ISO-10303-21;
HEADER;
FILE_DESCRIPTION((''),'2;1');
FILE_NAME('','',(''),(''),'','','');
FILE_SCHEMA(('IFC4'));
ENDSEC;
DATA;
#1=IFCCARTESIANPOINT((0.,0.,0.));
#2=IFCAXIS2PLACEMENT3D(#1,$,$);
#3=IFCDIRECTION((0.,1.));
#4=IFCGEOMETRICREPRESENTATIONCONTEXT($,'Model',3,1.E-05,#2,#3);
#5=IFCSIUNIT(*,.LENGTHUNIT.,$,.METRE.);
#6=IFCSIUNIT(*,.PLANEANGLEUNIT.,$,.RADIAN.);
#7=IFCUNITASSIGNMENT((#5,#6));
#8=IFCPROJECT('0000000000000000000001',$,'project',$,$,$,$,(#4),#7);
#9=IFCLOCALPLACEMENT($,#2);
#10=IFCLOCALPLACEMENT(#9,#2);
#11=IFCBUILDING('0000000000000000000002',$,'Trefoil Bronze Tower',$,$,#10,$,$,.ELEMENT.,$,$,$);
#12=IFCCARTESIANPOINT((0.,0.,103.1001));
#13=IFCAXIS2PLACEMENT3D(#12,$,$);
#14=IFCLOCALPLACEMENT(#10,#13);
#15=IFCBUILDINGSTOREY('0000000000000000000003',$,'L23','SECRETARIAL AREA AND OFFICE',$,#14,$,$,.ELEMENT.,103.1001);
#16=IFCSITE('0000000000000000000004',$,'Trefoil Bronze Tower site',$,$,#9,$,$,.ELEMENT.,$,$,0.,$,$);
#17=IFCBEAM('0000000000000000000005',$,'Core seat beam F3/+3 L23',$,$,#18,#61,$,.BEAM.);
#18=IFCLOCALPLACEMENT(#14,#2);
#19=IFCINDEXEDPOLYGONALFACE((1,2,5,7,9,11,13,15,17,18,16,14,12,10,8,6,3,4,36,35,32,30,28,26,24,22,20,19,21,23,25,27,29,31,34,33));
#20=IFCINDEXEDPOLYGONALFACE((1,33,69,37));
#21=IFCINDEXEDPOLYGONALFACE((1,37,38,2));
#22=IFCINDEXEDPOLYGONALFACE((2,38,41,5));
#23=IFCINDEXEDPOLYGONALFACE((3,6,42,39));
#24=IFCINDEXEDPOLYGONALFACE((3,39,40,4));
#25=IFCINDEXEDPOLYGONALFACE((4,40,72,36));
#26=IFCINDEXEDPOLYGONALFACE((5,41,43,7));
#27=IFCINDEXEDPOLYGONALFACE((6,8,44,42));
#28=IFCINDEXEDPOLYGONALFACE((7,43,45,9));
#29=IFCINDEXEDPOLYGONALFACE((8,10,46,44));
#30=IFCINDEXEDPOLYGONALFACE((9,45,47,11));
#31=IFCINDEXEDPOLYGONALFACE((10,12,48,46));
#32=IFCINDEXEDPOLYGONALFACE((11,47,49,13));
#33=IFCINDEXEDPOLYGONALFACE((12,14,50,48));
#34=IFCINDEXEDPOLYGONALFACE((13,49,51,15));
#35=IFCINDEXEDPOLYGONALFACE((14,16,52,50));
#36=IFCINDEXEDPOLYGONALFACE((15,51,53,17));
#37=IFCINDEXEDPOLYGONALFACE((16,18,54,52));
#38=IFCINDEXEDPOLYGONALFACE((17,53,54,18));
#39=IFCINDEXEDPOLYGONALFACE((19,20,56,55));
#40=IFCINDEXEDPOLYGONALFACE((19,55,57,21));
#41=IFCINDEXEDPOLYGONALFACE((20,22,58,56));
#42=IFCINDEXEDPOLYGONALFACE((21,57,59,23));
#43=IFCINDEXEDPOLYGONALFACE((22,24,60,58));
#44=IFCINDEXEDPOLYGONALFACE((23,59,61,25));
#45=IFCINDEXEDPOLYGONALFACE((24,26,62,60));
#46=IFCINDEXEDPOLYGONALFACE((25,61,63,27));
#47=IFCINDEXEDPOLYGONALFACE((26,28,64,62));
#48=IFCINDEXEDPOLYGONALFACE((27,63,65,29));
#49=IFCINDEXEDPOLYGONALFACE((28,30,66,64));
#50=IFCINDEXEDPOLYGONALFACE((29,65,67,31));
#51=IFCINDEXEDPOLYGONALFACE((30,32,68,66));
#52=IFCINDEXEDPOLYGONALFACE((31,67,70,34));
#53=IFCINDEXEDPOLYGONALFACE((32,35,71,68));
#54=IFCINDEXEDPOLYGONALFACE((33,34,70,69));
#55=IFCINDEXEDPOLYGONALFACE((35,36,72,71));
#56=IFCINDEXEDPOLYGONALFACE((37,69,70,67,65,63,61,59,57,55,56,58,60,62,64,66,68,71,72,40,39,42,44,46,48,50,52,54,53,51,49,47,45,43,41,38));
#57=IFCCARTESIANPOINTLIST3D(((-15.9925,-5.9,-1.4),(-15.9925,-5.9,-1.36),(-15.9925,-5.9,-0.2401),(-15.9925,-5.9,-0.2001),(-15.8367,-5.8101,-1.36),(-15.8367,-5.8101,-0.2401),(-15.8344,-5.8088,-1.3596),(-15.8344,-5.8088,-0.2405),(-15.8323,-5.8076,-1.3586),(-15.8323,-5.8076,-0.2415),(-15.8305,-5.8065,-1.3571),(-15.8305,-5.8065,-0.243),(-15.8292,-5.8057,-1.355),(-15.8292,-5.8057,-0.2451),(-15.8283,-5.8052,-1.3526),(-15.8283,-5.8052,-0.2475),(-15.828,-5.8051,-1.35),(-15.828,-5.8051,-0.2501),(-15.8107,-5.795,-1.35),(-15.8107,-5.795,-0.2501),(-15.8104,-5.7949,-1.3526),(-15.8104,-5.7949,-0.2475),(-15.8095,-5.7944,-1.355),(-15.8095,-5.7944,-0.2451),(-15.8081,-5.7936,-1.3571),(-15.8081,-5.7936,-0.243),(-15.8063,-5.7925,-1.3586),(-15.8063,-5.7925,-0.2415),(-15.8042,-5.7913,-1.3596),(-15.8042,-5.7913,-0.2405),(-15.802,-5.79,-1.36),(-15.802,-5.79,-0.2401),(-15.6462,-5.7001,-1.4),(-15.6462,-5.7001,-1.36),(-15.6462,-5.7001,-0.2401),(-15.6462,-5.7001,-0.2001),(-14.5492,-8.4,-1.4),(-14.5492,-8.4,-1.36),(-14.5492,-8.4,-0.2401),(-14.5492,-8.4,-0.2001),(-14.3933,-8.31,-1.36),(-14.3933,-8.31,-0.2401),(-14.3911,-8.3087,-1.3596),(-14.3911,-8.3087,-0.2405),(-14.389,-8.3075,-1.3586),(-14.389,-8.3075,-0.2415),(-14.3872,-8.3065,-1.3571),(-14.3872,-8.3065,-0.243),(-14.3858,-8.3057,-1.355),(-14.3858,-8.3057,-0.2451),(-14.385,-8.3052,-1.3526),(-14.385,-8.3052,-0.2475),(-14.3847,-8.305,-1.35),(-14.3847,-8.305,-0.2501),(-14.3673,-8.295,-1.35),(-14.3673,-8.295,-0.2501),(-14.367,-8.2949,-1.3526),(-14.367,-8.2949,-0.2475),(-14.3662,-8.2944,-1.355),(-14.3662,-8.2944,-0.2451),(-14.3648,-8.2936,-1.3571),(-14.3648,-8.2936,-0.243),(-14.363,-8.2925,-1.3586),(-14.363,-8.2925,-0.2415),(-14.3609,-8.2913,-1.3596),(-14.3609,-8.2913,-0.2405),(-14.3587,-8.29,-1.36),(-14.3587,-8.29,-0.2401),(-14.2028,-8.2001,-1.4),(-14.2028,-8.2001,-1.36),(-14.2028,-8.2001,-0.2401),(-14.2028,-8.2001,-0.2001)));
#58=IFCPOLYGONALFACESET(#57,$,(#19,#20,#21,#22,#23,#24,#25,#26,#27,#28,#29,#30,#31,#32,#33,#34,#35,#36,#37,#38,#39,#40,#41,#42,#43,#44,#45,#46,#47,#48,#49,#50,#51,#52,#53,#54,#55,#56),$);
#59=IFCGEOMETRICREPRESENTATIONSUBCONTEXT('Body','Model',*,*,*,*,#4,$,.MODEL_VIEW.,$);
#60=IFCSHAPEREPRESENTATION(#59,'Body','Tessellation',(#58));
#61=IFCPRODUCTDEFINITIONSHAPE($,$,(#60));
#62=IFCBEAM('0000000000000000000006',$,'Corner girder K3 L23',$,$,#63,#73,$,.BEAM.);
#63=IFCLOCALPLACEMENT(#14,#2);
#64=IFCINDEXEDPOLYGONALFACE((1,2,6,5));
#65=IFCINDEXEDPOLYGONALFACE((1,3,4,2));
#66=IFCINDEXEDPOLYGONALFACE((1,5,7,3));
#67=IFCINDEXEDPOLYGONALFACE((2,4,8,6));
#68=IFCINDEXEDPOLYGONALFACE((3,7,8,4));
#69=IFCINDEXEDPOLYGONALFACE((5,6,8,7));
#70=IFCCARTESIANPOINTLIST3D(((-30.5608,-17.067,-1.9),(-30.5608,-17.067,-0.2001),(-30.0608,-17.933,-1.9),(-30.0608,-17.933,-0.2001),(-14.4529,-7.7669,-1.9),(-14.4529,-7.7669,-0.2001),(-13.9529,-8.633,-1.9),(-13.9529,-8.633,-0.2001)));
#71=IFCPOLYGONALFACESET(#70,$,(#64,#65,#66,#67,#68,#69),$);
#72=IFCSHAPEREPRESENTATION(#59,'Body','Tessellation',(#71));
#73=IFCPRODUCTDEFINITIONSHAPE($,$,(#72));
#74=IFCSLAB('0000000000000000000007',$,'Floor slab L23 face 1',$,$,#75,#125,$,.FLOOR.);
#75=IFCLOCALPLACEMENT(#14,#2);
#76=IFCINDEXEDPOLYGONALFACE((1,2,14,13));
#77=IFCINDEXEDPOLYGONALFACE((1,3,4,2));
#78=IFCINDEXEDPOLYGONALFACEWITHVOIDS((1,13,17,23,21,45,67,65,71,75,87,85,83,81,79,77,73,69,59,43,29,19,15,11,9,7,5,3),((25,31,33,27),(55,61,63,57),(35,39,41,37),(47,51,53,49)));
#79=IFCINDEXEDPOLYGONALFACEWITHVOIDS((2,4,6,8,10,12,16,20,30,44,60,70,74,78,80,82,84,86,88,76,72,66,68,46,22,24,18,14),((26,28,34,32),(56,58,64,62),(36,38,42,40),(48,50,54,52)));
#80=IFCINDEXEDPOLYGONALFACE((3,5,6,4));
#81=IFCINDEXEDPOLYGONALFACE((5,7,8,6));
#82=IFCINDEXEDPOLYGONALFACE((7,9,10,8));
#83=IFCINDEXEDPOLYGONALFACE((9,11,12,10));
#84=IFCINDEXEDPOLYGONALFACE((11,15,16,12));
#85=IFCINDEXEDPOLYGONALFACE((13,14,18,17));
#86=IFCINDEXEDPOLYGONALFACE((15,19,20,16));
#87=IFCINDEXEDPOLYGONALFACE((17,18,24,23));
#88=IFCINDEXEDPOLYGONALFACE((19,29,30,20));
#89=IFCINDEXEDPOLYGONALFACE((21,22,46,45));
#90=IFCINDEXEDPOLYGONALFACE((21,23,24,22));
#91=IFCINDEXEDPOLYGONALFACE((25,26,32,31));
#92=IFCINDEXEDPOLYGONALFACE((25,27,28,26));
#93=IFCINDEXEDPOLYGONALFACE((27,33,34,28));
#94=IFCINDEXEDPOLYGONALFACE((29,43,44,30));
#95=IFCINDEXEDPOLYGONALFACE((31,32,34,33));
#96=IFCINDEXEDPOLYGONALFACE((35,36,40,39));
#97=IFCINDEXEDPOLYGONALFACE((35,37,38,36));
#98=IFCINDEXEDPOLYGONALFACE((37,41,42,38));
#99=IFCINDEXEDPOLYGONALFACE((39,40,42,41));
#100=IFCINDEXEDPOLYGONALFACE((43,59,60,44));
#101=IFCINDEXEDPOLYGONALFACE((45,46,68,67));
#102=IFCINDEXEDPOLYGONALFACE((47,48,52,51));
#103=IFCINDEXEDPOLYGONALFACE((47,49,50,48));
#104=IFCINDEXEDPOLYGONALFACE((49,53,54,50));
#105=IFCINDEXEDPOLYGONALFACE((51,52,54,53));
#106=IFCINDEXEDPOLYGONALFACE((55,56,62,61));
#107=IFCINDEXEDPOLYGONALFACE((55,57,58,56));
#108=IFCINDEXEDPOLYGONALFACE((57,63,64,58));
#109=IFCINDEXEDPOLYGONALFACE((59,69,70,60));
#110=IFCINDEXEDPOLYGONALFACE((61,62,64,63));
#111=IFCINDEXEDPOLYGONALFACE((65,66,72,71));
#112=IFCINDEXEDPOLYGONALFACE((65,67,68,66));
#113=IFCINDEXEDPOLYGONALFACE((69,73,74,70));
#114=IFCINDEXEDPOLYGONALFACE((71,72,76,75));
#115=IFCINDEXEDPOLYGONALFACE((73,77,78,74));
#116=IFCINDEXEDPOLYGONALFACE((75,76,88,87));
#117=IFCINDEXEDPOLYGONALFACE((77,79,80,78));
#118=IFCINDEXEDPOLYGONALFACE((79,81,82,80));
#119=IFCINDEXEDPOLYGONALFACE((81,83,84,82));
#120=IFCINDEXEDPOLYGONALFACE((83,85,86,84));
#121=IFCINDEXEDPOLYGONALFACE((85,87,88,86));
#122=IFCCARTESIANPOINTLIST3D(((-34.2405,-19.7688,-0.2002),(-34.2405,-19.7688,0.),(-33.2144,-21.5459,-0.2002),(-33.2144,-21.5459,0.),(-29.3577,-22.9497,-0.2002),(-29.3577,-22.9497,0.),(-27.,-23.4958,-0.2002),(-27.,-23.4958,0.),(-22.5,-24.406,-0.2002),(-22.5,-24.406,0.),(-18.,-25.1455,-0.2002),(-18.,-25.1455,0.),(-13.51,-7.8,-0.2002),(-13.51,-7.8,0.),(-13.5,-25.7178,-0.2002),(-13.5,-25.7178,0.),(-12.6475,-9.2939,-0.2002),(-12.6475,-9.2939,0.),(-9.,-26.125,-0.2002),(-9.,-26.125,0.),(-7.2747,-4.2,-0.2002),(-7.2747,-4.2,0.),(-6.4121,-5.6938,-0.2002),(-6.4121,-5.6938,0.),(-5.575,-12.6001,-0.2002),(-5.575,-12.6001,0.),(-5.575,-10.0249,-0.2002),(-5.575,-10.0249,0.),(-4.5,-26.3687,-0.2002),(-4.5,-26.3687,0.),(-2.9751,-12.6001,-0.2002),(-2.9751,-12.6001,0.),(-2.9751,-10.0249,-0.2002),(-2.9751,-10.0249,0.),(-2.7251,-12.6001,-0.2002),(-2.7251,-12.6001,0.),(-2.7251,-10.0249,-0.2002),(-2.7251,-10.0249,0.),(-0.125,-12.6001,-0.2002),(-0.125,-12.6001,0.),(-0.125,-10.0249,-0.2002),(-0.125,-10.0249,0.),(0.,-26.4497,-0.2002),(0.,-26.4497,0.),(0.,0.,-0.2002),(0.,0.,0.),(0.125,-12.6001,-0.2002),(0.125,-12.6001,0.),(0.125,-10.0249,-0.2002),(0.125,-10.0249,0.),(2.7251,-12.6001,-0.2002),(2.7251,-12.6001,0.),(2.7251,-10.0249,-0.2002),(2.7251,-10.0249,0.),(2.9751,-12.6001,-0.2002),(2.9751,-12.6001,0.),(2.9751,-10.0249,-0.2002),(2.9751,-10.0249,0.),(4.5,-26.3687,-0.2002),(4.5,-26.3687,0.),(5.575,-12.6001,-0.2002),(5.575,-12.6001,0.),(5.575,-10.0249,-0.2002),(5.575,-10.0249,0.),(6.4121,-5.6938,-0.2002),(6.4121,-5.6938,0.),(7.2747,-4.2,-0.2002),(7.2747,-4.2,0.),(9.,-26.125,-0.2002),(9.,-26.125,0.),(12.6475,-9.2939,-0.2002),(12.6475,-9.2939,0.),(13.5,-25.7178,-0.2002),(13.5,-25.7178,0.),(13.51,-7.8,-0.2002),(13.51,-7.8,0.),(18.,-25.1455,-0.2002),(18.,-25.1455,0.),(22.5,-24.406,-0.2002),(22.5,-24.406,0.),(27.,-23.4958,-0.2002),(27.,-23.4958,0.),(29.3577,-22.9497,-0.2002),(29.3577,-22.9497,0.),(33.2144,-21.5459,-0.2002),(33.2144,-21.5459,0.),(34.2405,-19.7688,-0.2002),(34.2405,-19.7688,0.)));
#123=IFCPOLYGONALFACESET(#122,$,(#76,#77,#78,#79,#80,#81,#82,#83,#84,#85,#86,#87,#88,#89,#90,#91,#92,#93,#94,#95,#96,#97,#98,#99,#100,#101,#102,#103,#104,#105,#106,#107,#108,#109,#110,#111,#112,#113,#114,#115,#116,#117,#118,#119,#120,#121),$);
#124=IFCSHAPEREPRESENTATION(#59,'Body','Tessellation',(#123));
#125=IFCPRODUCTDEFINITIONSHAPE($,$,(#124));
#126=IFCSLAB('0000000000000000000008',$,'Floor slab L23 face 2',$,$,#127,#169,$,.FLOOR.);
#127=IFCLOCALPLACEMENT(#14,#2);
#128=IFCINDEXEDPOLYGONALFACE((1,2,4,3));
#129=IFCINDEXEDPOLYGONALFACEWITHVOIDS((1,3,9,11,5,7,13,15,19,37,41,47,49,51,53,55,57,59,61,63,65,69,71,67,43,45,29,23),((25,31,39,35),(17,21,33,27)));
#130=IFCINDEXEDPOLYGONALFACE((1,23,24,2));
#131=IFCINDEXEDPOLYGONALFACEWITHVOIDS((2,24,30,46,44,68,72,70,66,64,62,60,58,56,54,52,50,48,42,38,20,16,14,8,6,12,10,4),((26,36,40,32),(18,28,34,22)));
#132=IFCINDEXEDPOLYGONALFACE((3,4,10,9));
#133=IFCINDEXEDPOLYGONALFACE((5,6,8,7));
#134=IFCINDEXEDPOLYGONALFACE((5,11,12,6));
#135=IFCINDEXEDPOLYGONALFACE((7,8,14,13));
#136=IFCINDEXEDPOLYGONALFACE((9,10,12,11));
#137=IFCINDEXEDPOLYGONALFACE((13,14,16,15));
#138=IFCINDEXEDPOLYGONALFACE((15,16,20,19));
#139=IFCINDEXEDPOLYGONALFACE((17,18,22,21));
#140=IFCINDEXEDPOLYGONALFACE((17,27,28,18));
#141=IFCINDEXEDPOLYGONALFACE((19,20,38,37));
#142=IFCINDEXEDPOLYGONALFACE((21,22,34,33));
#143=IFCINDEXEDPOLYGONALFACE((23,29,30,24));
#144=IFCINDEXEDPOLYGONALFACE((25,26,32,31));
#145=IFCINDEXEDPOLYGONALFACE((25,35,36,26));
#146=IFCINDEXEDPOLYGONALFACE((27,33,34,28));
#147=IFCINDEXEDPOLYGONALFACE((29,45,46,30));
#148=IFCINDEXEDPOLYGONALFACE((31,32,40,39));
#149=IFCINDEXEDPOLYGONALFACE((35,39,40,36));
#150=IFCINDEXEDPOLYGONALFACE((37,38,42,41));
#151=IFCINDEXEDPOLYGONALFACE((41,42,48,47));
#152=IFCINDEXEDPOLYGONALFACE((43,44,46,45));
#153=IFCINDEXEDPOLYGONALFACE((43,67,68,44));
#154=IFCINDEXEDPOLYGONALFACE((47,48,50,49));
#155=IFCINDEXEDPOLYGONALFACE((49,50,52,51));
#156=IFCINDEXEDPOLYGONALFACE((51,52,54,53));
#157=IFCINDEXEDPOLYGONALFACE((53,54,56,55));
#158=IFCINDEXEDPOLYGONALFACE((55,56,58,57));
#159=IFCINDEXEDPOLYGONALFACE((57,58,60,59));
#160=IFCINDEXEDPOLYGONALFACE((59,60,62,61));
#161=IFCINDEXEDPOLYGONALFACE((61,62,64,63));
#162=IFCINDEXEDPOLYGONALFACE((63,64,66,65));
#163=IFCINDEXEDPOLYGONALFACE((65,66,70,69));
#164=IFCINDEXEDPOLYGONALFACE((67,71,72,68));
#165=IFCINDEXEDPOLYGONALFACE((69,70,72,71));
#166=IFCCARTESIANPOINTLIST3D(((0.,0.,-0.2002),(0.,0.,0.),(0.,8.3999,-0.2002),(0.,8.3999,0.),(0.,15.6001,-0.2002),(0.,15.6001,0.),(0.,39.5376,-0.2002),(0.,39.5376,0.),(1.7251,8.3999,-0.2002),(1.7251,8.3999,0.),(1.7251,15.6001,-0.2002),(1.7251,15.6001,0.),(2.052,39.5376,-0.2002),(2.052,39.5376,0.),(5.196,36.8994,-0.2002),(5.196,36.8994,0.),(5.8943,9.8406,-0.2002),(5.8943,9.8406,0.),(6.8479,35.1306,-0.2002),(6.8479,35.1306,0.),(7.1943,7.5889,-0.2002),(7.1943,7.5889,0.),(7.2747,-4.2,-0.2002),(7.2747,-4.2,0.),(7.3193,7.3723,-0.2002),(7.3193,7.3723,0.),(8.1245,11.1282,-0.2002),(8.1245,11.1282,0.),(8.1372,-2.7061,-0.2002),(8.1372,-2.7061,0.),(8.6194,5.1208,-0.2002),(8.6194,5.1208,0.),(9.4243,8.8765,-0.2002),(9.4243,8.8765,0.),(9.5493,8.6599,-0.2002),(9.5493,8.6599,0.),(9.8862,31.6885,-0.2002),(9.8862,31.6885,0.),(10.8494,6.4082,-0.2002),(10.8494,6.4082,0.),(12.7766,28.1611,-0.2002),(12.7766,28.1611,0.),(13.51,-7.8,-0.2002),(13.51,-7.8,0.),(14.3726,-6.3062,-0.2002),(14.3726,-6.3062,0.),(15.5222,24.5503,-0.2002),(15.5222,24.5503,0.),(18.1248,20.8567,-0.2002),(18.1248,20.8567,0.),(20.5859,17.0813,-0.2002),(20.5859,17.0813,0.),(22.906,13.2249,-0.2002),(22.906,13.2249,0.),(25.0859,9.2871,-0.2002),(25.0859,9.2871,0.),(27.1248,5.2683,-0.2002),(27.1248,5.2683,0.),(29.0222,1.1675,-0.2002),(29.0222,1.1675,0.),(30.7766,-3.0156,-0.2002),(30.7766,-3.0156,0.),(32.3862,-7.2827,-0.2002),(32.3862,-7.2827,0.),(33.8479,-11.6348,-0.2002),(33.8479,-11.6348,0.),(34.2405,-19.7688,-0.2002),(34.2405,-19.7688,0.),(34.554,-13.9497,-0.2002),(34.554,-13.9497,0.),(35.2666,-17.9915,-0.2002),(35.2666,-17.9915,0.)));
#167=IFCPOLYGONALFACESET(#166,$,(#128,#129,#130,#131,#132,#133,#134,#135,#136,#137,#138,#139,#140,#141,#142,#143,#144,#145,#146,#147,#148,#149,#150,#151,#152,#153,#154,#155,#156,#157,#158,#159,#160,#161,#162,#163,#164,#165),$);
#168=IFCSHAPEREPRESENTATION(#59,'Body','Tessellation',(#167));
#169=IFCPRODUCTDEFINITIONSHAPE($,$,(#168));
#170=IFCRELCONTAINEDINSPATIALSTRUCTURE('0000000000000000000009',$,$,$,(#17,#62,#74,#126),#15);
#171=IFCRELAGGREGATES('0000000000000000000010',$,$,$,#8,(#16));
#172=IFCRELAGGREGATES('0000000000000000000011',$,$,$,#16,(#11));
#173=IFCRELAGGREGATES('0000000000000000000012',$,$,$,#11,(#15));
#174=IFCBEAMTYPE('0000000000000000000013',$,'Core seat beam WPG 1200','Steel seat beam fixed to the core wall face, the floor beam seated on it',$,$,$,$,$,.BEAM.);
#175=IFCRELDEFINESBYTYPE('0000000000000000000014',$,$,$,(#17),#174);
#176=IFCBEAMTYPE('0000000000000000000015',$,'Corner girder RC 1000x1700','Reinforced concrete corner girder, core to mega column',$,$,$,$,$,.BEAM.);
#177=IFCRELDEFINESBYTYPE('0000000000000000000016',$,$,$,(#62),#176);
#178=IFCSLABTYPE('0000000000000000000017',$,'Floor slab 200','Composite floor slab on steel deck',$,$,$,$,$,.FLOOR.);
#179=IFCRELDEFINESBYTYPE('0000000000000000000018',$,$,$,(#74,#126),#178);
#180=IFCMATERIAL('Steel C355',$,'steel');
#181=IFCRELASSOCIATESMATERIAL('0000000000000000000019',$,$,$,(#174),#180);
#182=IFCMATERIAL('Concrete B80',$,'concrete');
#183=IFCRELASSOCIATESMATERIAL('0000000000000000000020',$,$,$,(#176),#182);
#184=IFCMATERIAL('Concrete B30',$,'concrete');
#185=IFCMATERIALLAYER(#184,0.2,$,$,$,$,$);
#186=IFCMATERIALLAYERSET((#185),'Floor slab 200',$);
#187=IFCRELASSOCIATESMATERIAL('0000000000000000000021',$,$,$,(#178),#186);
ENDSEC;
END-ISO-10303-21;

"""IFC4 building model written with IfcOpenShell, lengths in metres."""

from ifc_helpers import new_model, si_unit, direction, frame, origin, origin_2d, place, context, subcontext, project, spatial, polyline, rectangle, i_section, outline, extrude, material, layer, layer_set, material_profile, profile_set, type_object, element, save


model = new_model("IFC4")

# Units and contexts
model_context = context("Model", 3, precision=1e-05, world=origin(), true_north=direction((0.0, 1.0)))
body_context = subcontext(model_context, "Body", "Model", "MODEL_VIEW")
ifc_project = project(units=[si_unit("LENGTHUNIT", "METRE"), si_unit("PLANEANGLEUNIT", "RADIAN")], contexts=[model_context])

# Site, building, storey
site_placement = place(None, origin())
site = spatial("IfcSite", under=ifc_project, at=site_placement, Name="Trefoil Bronze Tower site", CompositionType="ELEMENT", RefElevation=0.0)
building_placement = place(site_placement, origin())
building = spatial("IfcBuilding", under=site, at=building_placement, Name="Trefoil Bronze Tower", CompositionType="ELEMENT")
storey_placement = place(building_placement, frame((0.0, 0.0, 103.1001)))
storey = spatial("IfcBuildingStorey", under=building, at=storey_placement, Name="L23", Description="SECRETARIAL AREA AND OFFICE", CompositionType="ELEMENT", Elevation=103.1001)

# Beams
ifc_material_1 = material(Name="Steel C355", Category="steel")
ifc_material_profile_1 = material_profile(ifc_material_1, i_section(OverallWidth=0.3999, OverallDepth=1.2, WebThickness=0.02, FlangeThickness=0.04, FilletRadius=0.01, at=origin_2d()), Name="WPG 1200")
ifc_profile_set_1 = profile_set([ifc_material_profile_1], Name="Steel C355")
beam_type_1 = type_object("IfcBeamType", Name="Core seat beam WPG 1200", Description="Steel seat beam fixed to the core wall face, the floor beam seated on it", PredefinedType="BEAM", material=ifc_profile_set_1)
beam_1_placement = place(storey_placement, frame((-15.8193, -5.8, -0.8), z_axis=(0.499996, -0.866028, 0.0), x_axis=(0.866028, 0.499996, 0.0)))
element("IfcBeam", 1, at=beam_1_placement, inside=storey, type_object=beam_type_1, Name="Core seat beam F3/+3 L23", PredefinedType="BEAM", context=body_context, shape_type="SweptSolid", body=[
    extrude(i_section(OverallWidth=0.3999, OverallDepth=1.2, WebThickness=0.02, FlangeThickness=0.04, FilletRadius=0.01, at=origin_2d()), origin(), (0.0, 0.0, 1.0), 2.8867),
])
ifc_material_2 = material(Name="Concrete B80", Category="concrete")
ifc_material_profile_2 = material_profile(ifc_material_2, rectangle(XDim=1.0, YDim=1.7, at=origin_2d()), Name="RC 1000x1700")
ifc_profile_set_2 = profile_set([ifc_material_profile_2], Name="Concrete B80")
beam_type_2 = type_object("IfcBeamType", Name="Corner girder RC 1000x1700", Description="Reinforced concrete corner girder, core to mega column", PredefinedType="BEAM", material=ifc_profile_set_2)
beam_2_placement = place(storey_placement, frame((-14.2029, -8.2, -1.05), z_axis=(-0.866022, -0.500006, 0.0), x_axis=(0.500006, -0.866022, 0.0)))
element("IfcBeam", 2, at=beam_2_placement, inside=storey, type_object=beam_type_2, Name="Corner girder K3 L23", PredefinedType="BEAM", context=body_context, shape_type="SweptSolid", body=[
    extrude(rectangle(XDim=1.0, YDim=1.7, at=origin_2d()), origin(), (0.0, 0.0, 1.0), 18.5999),
])

# Slabs
ifc_material_3 = material(Name="Concrete B30", Category="concrete")
ifc_layer_1 = layer(ifc_material_3, 0.2)
ifc_layer_set_1 = layer_set([ifc_layer_1], Name="Floor slab 200")
slab_type = type_object("IfcSlabType", Name="Floor slab 200", Description="Composite floor slab on steel deck", PredefinedType="FLOOR", material=ifc_layer_set_1)
slab_1_placement = place(storey_placement, frame((0.0, 0.0, -0.2002)))
element("IfcSlab", 3, at=slab_1_placement, inside=storey, type_object=slab_type, Name="Floor slab L23 face 1", PredefinedType="FLOOR", context=body_context, shape_type="SweptSolid", body=[
    extrude(outline(polyline([(22.5, -24.406), (18.0, -25.1455), (13.5, -25.7178), (9.0, -26.125), (4.5, -26.3687), (0.0, -26.4497), (-4.5, -26.3687), (-9.0, -26.125), (-13.5, -25.7178), (-18.0, -25.1455), (-22.5, -24.406), (-27.0, -23.4958), (-29.3577, -22.9497), (-33.2144, -21.5459), (-34.2405, -19.7688), (-13.51, -7.8), (-12.6475, -9.2939), (-6.4121, -5.6938), (-7.2747, -4.2), (0.0, 0.0), (7.2747, -4.2), (6.4121, -5.6938), (12.6475, -9.2939), (13.51, -7.8), (34.2405, -19.7688), (33.2144, -21.5459), (29.3577, -22.9497), (27.0, -23.4958), (22.5, -24.406)]), holes=[polyline([(-5.575, -10.0249), (-2.9751, -10.0249), (-2.9751, -12.6001), (-5.575, -12.6001), (-5.575, -10.0249)]), polyline([(-2.7251, -10.0249), (-0.125, -10.0249), (-0.125, -12.6001), (-2.7251, -12.6001), (-2.7251, -10.0249)]), polyline([(0.125, -10.0249), (2.7251, -10.0249), (2.7251, -12.6001), (0.125, -12.6001), (0.125, -10.0249)]), polyline([(2.9751, -10.0249), (5.575, -10.0249), (5.575, -12.6001), (2.9751, -12.6001), (2.9751, -10.0249)])]), origin(), (0.0, 0.0, 1.0), 0.2002),
])
slab_2_placement = place(storey_placement, frame((0.0, 0.0, -0.2002)))
element("IfcSlab", 4, at=slab_2_placement, inside=storey, type_object=slab_type, Name="Floor slab L23 face 2", PredefinedType="FLOOR", context=body_context, shape_type="SweptSolid", body=[
    extrude(outline(polyline([(9.8862, 31.6885), (12.7766, 28.1611), (15.5222, 24.5503), (18.1248, 20.8567), (20.5859, 17.0813), (22.906, 13.2249), (25.0859, 9.2871), (27.1248, 5.2683), (29.0222, 1.1675), (30.7766, -3.0156), (32.3862, -7.2827), (33.8479, -11.6348), (34.554, -13.9497), (35.2666, -17.9915), (34.2405, -19.7688), (13.51, -7.8), (14.3726, -6.3062), (8.1372, -2.7061), (7.2747, -4.2), (0.0, 0.0), (0.0, 8.3999), (1.7251, 8.3999), (1.7251, 15.6001), (0.0, 15.6001), (0.0, 39.5376), (2.052, 39.5376), (5.196, 36.8994), (6.8479, 35.1306), (9.8862, 31.6885)]), holes=[polyline([(8.6194, 5.1208), (7.3193, 7.3723), (9.5493, 8.6599), (10.8494, 6.4082), (8.6194, 5.1208)]), polyline([(7.1943, 7.5889), (5.8943, 9.8406), (8.1245, 11.1282), (9.4243, 8.8765), (7.1943, 7.5889)])]), origin(), (0.0, 0.0, 1.0), 0.2002),
])

save(model, "model.ifc")
